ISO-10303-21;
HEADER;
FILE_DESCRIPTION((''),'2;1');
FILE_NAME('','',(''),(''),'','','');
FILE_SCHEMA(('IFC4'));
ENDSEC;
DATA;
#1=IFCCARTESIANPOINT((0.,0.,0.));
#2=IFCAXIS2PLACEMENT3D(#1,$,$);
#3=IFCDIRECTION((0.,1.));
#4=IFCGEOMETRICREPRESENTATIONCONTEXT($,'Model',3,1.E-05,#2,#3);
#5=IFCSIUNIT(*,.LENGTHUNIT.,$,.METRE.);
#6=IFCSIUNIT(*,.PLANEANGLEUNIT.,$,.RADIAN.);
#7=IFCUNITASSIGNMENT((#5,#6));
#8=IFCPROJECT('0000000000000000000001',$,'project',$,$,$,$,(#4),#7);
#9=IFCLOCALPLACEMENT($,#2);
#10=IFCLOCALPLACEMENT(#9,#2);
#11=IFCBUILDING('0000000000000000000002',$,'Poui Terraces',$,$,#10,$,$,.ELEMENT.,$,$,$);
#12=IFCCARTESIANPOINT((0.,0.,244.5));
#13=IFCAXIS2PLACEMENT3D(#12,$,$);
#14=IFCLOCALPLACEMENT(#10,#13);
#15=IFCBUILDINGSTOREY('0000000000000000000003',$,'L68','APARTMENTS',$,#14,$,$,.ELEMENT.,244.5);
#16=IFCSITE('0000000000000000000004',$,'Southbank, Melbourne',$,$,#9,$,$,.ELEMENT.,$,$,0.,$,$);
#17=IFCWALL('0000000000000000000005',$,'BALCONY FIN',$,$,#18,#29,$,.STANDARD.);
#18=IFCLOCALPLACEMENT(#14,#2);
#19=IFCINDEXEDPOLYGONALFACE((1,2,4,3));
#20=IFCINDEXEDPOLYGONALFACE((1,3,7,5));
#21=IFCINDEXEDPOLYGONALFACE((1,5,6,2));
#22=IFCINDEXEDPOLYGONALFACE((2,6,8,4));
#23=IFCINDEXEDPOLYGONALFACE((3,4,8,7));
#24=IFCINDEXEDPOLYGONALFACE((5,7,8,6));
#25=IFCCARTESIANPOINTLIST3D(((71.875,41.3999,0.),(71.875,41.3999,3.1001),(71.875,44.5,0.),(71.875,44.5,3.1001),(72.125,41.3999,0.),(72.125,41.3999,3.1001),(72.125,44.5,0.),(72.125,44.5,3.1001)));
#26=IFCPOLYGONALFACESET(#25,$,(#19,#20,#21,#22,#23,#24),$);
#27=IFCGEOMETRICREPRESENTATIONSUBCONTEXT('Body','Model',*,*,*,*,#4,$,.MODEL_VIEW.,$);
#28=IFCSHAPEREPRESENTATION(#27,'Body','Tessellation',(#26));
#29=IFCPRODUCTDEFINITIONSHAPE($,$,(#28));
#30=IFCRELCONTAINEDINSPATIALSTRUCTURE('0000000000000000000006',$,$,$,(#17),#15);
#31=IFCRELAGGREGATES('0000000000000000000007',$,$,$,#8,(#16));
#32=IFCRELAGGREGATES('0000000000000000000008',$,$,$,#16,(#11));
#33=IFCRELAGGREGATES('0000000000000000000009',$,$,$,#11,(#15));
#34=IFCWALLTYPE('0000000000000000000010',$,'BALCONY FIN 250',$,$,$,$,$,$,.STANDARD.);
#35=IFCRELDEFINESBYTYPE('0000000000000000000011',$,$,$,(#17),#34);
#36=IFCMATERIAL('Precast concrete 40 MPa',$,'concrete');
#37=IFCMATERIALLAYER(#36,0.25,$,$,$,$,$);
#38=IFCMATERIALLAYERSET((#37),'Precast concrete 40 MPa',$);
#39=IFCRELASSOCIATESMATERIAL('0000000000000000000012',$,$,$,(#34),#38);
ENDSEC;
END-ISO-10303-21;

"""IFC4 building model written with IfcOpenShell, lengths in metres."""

from ifc_helpers import new_model, si_unit, direction, frame, origin, place, context, subcontext, project, spatial, polyline, outline, extrude, source, transform, mapped, material, layer, layer_set, type_object, element, save


model = new_model("IFC4")

# Units and contexts
model_context = context("Model", 3, precision=1e-05, world=origin(), true_north=direction((0.0, 1.0)))
body_context = subcontext(model_context, "Body", "Model", "MODEL_VIEW")
ifc_project = project(units=[si_unit("LENGTHUNIT", "METRE"), si_unit("PLANEANGLEUNIT", "RADIAN")], contexts=[model_context])

# Site, building, storey
site_placement = place(None, origin())
site = spatial("IfcSite", under=ifc_project, at=site_placement, Name="Southbank, Melbourne", CompositionType="ELEMENT", RefElevation=0.0)
building_placement = place(site_placement, origin())
building = spatial("IfcBuilding", under=site, at=building_placement, Name="Poui Terraces", CompositionType="ELEMENT")
storey_placement = place(building_placement, frame((0.0, 0.0, 244.5)))
storey = spatial("IfcBuildingStorey", under=building, at=storey_placement, Name="L68", Description="APARTMENTS", CompositionType="ELEMENT", Elevation=244.5)

# Wall
ifc_material_1 = material(Name="Precast concrete 40 MPa", Category="concrete")
ifc_layer = layer(ifc_material_1, 0.25)
ifc_layer_set = layer_set([ifc_layer], Name="Precast concrete 40 MPa")
wall_type = type_object("IfcWallType", Name="BALCONY FIN 250", PredefinedType="STANDARD", material=ifc_layer_set)
shared_shape = source(origin(), body_context, "Body", "SweptSolid", [
    extrude(outline(polyline([(0.0, 0.0), (0.25, 0.0), (0.25, 3.1001), (0.0, 3.1001), (0.0, 0.0)])), origin(), (0.0, 0.0, 1.0), 3.1001),
])
wall_placement = place(storey_placement, frame((71.875, 41.3999, 0.0)))
element("IfcWall", 1, at=wall_placement, inside=storey, type_object=wall_type, Name="BALCONY FIN", PredefinedType="STANDARD", context=body_context, shape_type="MappedRepresentation", body=[
    mapped(shared_shape, transform((0.0, 0.0, 0.0))),
])

save(model, "model.ifc")
